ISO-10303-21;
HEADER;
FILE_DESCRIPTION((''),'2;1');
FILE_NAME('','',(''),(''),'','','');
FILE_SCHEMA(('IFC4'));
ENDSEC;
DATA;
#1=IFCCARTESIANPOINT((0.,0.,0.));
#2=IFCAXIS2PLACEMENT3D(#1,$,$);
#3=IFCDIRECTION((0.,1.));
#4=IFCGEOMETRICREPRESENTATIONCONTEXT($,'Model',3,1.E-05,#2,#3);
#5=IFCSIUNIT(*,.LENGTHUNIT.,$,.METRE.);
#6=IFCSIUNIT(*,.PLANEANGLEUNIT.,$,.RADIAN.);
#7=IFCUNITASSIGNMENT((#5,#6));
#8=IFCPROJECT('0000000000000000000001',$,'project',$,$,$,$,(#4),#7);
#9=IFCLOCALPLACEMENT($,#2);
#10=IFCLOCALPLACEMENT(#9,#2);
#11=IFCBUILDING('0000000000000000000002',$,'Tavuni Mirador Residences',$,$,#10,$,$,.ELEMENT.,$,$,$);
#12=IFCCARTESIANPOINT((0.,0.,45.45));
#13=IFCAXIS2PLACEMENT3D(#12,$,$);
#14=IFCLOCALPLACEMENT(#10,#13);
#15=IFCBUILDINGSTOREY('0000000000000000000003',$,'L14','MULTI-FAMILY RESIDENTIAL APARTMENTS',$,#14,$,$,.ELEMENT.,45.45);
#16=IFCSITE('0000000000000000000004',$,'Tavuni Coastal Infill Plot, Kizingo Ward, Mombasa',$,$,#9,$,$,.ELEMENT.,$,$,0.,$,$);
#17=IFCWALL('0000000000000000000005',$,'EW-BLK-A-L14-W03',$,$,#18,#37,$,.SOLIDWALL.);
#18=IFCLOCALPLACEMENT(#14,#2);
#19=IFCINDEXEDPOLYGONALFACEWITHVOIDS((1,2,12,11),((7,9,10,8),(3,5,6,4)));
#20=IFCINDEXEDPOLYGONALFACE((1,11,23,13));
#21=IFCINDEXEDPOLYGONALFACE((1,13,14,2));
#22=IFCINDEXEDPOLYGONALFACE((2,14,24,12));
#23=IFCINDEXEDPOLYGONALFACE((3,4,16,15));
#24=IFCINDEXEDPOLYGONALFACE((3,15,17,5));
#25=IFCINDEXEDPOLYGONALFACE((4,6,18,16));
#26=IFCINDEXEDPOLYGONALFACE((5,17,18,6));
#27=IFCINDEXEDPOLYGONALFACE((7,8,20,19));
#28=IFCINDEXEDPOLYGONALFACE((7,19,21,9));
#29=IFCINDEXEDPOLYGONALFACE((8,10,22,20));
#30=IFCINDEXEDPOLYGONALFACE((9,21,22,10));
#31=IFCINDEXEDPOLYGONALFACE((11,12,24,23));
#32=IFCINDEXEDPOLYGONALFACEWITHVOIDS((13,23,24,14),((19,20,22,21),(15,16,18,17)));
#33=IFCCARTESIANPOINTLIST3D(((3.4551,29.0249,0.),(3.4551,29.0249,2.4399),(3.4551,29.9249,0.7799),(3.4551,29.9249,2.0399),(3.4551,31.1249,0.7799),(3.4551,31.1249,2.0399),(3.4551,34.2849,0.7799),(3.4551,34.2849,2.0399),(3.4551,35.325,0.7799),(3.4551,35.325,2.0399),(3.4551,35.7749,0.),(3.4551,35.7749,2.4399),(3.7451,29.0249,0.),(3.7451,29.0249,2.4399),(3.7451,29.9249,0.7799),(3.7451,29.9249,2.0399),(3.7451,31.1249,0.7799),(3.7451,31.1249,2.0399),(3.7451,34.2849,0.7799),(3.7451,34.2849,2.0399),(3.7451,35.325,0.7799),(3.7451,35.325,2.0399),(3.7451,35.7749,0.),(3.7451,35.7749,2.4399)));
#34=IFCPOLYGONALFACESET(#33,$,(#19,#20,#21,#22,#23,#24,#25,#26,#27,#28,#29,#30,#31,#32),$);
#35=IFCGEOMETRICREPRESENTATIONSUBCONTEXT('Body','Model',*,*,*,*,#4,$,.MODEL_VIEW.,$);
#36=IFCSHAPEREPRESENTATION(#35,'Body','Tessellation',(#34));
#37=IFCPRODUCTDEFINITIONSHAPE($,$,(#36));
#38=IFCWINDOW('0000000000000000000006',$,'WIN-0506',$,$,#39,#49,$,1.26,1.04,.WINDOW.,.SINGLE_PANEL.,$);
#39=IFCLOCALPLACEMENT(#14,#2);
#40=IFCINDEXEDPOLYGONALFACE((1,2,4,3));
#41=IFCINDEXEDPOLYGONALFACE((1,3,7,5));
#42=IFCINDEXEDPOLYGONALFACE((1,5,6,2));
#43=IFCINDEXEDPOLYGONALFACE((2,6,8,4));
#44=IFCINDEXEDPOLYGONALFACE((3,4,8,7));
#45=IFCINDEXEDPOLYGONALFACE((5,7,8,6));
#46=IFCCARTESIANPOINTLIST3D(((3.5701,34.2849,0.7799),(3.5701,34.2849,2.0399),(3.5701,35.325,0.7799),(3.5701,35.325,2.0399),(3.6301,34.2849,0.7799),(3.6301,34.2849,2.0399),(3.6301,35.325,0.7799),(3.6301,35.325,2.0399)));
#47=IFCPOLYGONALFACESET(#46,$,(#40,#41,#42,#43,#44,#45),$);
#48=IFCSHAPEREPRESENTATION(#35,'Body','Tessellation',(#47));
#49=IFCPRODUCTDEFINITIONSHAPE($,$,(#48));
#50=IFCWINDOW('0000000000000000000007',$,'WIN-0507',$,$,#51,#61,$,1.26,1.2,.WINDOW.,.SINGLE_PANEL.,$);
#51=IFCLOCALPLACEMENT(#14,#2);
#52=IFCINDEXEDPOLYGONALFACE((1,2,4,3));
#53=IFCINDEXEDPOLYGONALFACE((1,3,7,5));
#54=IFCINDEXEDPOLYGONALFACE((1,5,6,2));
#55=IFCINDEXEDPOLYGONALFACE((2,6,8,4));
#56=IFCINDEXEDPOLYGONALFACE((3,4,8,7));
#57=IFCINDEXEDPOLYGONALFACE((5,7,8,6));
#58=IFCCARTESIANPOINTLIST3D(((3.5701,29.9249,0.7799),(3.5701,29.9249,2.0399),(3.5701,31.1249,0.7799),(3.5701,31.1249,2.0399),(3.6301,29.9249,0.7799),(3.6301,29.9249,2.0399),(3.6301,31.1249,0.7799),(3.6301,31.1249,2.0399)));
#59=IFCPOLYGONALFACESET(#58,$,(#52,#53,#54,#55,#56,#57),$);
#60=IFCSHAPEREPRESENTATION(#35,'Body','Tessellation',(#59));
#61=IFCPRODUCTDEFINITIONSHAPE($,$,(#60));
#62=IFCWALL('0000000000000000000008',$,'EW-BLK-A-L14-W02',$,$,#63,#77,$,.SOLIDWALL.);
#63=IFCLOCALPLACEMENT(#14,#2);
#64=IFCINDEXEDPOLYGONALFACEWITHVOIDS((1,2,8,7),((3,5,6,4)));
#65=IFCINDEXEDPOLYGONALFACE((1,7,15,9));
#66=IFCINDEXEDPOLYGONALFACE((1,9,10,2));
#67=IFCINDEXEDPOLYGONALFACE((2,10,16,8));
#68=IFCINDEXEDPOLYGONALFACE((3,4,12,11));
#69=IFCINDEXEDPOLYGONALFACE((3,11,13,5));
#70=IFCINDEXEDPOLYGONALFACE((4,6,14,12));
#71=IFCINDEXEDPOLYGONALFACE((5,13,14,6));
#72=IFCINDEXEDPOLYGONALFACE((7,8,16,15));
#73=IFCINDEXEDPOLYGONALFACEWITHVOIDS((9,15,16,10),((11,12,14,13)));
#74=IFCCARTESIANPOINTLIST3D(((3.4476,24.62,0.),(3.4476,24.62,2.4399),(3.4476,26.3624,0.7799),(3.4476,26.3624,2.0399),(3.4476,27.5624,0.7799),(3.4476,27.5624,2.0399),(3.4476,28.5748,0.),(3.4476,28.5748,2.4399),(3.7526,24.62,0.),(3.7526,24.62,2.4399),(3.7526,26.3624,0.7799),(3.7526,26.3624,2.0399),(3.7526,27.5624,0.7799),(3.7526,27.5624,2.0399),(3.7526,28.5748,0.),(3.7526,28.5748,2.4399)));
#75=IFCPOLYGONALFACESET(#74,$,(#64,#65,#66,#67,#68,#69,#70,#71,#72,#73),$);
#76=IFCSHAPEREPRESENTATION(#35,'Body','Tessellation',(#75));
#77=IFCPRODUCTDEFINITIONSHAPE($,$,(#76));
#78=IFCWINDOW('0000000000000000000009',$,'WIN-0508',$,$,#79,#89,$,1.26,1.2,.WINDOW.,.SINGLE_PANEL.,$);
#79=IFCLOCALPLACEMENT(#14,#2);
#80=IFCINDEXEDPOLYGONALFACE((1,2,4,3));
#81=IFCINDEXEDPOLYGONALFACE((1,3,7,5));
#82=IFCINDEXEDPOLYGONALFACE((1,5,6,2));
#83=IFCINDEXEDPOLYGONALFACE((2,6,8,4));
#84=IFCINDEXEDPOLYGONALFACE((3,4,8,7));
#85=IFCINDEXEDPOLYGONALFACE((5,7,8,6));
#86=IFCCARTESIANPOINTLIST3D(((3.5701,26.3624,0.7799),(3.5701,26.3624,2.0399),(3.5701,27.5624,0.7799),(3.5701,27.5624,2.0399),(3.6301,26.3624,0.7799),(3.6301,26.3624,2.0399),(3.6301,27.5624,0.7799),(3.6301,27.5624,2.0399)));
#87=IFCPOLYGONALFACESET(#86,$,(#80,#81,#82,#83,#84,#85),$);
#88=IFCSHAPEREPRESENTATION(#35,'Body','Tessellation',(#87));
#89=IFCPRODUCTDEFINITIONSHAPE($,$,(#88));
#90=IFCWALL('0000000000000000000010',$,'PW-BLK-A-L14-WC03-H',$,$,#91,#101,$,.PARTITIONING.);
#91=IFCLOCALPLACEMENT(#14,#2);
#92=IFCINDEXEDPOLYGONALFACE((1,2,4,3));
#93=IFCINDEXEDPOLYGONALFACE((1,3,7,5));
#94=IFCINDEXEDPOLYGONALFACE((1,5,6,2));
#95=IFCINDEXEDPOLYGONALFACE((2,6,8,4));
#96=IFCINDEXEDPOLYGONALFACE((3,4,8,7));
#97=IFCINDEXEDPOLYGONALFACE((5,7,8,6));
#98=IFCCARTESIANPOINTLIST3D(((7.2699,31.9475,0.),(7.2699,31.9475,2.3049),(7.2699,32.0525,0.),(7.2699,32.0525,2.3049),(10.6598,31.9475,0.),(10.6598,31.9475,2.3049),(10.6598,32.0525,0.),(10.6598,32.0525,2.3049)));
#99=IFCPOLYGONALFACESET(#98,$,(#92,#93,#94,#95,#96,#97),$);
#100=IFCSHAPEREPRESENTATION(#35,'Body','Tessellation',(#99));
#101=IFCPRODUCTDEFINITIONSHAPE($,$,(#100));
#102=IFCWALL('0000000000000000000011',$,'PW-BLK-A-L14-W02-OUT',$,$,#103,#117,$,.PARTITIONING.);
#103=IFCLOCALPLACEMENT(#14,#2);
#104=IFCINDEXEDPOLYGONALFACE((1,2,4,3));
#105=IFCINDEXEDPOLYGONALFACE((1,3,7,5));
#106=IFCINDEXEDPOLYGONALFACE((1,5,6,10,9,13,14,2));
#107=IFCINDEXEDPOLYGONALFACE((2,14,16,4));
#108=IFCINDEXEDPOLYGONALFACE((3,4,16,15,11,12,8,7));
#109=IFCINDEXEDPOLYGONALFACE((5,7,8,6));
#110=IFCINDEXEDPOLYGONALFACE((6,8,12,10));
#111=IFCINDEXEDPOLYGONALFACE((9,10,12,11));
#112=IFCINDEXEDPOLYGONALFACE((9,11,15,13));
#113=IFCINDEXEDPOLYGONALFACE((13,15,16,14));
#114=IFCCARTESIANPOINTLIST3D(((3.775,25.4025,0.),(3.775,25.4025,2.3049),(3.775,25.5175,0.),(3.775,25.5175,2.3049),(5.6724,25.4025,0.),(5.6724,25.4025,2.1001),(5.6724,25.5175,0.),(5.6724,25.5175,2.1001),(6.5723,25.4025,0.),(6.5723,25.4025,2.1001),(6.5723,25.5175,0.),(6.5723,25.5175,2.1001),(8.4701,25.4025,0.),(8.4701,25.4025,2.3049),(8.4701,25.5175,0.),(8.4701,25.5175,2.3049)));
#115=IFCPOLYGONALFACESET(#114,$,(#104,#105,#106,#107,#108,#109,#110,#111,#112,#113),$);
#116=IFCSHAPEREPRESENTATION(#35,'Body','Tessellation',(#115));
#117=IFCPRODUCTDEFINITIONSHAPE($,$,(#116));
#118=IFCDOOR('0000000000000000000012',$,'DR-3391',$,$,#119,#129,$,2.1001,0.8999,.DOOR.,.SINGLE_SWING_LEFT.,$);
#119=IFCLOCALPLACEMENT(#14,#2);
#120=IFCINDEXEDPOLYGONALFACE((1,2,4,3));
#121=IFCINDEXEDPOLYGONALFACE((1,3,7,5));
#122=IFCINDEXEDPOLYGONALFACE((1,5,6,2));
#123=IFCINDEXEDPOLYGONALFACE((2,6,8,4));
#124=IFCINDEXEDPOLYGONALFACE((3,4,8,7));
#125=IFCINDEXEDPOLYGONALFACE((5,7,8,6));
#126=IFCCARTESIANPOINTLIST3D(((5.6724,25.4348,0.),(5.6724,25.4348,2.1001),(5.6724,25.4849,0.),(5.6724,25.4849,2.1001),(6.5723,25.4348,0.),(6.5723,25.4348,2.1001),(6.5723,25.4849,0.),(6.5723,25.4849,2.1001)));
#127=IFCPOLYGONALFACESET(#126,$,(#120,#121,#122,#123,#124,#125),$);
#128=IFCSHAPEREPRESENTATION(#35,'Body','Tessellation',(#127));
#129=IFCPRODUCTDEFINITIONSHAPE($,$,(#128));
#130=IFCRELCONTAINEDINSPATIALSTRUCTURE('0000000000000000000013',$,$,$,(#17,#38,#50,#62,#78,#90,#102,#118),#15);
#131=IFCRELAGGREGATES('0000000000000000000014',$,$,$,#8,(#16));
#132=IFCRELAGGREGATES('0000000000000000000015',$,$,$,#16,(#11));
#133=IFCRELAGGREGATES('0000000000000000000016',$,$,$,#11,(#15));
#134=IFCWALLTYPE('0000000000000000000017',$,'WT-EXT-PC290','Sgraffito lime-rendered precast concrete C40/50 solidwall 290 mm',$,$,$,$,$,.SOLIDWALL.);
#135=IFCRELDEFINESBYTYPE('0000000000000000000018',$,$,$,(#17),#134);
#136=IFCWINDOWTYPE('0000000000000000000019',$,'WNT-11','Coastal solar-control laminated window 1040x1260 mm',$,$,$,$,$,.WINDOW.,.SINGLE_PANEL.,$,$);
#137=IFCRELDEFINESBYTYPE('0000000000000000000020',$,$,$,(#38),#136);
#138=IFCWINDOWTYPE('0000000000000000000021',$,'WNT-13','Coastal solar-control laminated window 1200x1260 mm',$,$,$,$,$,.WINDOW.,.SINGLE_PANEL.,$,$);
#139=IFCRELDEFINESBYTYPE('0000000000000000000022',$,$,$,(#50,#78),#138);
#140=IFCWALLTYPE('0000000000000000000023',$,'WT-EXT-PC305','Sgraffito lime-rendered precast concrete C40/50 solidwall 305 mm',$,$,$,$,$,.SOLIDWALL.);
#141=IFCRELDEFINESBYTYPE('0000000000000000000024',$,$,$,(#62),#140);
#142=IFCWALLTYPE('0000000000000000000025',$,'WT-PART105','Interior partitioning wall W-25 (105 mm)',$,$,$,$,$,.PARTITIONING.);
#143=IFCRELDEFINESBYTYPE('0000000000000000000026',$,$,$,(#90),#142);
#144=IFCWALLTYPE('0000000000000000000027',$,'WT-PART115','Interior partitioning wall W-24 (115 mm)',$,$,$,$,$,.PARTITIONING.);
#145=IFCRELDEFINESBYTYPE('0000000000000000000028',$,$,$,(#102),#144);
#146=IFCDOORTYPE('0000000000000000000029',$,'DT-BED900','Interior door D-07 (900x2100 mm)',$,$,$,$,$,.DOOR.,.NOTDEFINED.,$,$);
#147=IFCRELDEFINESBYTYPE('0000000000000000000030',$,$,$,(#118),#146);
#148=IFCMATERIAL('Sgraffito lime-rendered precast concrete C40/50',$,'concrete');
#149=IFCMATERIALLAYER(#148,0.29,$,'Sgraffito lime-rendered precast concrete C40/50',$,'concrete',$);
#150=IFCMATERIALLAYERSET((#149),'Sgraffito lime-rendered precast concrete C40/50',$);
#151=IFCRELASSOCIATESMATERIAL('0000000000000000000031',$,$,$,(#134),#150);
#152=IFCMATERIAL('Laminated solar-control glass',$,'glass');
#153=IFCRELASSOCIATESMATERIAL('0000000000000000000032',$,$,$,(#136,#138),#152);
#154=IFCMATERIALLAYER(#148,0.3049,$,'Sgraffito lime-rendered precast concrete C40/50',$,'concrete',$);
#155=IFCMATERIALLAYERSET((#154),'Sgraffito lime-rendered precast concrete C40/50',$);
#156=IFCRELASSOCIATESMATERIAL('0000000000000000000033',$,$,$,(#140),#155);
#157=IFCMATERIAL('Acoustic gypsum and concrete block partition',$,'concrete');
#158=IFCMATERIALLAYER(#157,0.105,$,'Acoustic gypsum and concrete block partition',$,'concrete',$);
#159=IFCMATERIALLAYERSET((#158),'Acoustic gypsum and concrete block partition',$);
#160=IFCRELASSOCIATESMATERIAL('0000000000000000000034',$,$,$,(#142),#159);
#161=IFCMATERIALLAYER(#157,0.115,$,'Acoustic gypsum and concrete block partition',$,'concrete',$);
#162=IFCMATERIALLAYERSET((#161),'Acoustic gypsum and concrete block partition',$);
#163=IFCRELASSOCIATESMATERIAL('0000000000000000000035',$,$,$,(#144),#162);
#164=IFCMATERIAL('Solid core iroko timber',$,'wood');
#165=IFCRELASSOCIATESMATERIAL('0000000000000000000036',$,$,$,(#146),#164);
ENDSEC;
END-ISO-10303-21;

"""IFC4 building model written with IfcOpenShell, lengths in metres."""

from ifc_helpers import new_model, si_unit, direction, frame, frame_2d, origin, place, context, subcontext, project, spatial, rectangle, extrude, material, layer, layer_set, type_object, element, fill, save


model = new_model("IFC4")

# Units and contexts
model_context = context("Model", 3, precision=1e-05, world=origin(), true_north=direction((0.0, 1.0)))
body_context = subcontext(model_context, "Body", "Model", "MODEL_VIEW")
ifc_project = project(units=[si_unit("LENGTHUNIT", "METRE"), si_unit("PLANEANGLEUNIT", "RADIAN")], contexts=[model_context])

# Site, building, storey
site_placement = place(None, origin())
site = spatial("IfcSite", under=ifc_project, at=site_placement, Name="Tavuni Coastal Infill Plot, Kizingo Ward, Mombasa", CompositionType="ELEMENT", RefElevation=0.0)
building_placement = place(site_placement, origin())
building = spatial("IfcBuilding", under=site, at=building_placement, Name="Tavuni Mirador Residences", CompositionType="ELEMENT")
storey_placement = place(building_placement, frame((0.0, 0.0, 45.45)))
storey = spatial("IfcBuildingStorey", under=building, at=storey_placement, Name="L14", Description="MULTI-FAMILY RESIDENTIAL APARTMENTS", CompositionType="ELEMENT", Elevation=45.45)

# Wall, openings, windows
ifc_material_1 = material(Name="Sgraffito lime-rendered precast concrete C40/50", Category="concrete")
ifc_layer_1 = layer(ifc_material_1, 0.29, Name="Sgraffito lime-rendered precast concrete C40/50", Category="concrete")
ifc_layer_set_1 = layer_set([ifc_layer_1], Name="Sgraffito lime-rendered precast concrete C40/50")
wall_type_1 = type_object("IfcWallType", Name="WT-EXT-PC290", Description="Sgraffito lime-rendered precast concrete C40/50 solidwall 290 mm", PredefinedType="SOLIDWALL", material=ifc_layer_set_1)
wall_1_placement = place(storey_placement, frame((3.6001, 35.7749, 0.0), z_axis=(0.0, 0.0, 1.0), x_axis=(0.0, -1.0, 0.0)))
wall_1 = element("IfcWall", 1, at=wall_1_placement, inside=storey, type_object=wall_type_1, Name="EW-BLK-A-L14-W03", PredefinedType="SOLIDWALL", context=body_context, shape_type="SweptSolid", body=[
    extrude(rectangle(XDim=6.75, YDim=0.29, at=frame_2d((3.375, 0.0))), origin(), (0.0, 0.0, 1.0), 2.4399),
])
opening_1_placement = place(wall_1_placement, frame((0.45, 0.0, 0.78)))
opening_1 = element("IfcOpeningElement", 2, at=opening_1_placement, cuts=wall_1, PredefinedType="OPENING", context=body_context, shape_type="SweptSolid", body=[
    extrude(rectangle(XDim=1.04, YDim=1.26, at=frame_2d((0.52, 0.6299))), frame((0.0, 0.155, 0.0), z_axis=(0.0, -1.0, 0.0), x_axis=(1.0, 0.0, 0.0)), (0.0, 0.0, 1.0), 0.3101),
])
opening_2_placement = place(wall_1_placement, frame((4.6499, 0.0, 0.78)))
opening_2 = element("IfcOpeningElement", 3, at=opening_2_placement, cuts=wall_1, PredefinedType="OPENING", context=body_context, shape_type="SweptSolid", body=[
    extrude(rectangle(XDim=1.2, YDim=1.26, at=frame_2d((0.6001, 0.6299))), frame((0.0, 0.155, 0.0), z_axis=(0.0, -1.0, 0.0), x_axis=(1.0, 0.0, 0.0)), (0.0, 0.0, 1.0), 0.3101),
])
ifc_material_2 = material(Name="Laminated solar-control glass", Category="glass")
window_type_1 = type_object("IfcWindowType", Name="WNT-11", Description="Coastal solar-control laminated window 1040x1260 mm", PartitioningType="SINGLE_PANEL", PredefinedType="WINDOW", material=ifc_material_2)
window_1_placement = place(opening_1_placement, origin())
window_1 = element("IfcWindow", 4, at=window_1_placement, inside=storey, type_object=window_type_1, Name="WIN-0506", OverallHeight=1.26, OverallWidth=1.04, PartitioningType="SINGLE_PANEL", PredefinedType="WINDOW", context=body_context, shape_type="SweptSolid", body=[
    extrude(rectangle(XDim=1.04, YDim=1.26, at=frame_2d((0.52, 0.6299))), frame((0.0, 0.03, 0.0), z_axis=(0.0, -1.0, 0.0), x_axis=(1.0, 0.0, 0.0)), (0.0, 0.0, 1.0), 0.0601),
])
fill(opening_1, window_1)
window_type_2 = type_object("IfcWindowType", Name="WNT-13", Description="Coastal solar-control laminated window 1200x1260 mm", PartitioningType="SINGLE_PANEL", PredefinedType="WINDOW", material=ifc_material_2)
window_2_placement = place(opening_2_placement, origin())
window_2 = element("IfcWindow", 5, at=window_2_placement, inside=storey, type_object=window_type_2, Name="WIN-0507", OverallHeight=1.26, OverallWidth=1.2, PartitioningType="SINGLE_PANEL", PredefinedType="WINDOW", context=body_context, shape_type="SweptSolid", body=[
    extrude(rectangle(XDim=1.2, YDim=1.26, at=frame_2d((0.6001, 0.6299))), frame((0.0, 0.03, 0.0), z_axis=(0.0, -1.0, 0.0), x_axis=(1.0, 0.0, 0.0)), (0.0, 0.0, 1.0), 0.0601),
])
fill(opening_2, window_2)

# Wall, opening, window
ifc_layer_2 = layer(ifc_material_1, 0.3049, Name="Sgraffito lime-rendered precast concrete C40/50", Category="concrete")
ifc_layer_set_2 = layer_set([ifc_layer_2], Name="Sgraffito lime-rendered precast concrete C40/50")
wall_type_2 = type_object("IfcWallType", Name="WT-EXT-PC305", Description="Sgraffito lime-rendered precast concrete C40/50 solidwall 305 mm", PredefinedType="SOLIDWALL", material=ifc_layer_set_2)
wall_2_placement = place(storey_placement, frame((3.6001, 28.575, 0.0), z_axis=(0.0, 0.0, 1.0), x_axis=(0.0, -1.0, 0.0)))
wall_2 = element("IfcWall", 6, at=wall_2_placement, inside=storey, type_object=wall_type_2, Name="EW-BLK-A-L14-W02", PredefinedType="SOLIDWALL", context=body_context, shape_type="SweptSolid", body=[
    extrude(rectangle(XDim=3.9548, YDim=0.3049, at=frame_2d((1.9775, 0.0))), origin(), (0.0, 0.0, 1.0), 2.4399),
])
opening_3_placement = place(wall_2_placement, frame((1.0125, 0.0, 0.78)))
opening_3 = element("IfcOpeningElement", 7, at=opening_3_placement, cuts=wall_2, PredefinedType="OPENING", context=body_context, shape_type="SweptSolid", body=[
    extrude(rectangle(XDim=1.2, YDim=1.26, at=frame_2d((0.6001, 0.6299))), frame((0.0, 0.1626, 0.0), z_axis=(0.0, -1.0, 0.0), x_axis=(1.0, 0.0, 0.0)), (0.0, 0.0, 1.0), 0.325),
])
window_3_placement = place(opening_3_placement, origin())
window_3 = element("IfcWindow", 8, at=window_3_placement, inside=storey, type_object=window_type_2, Name="WIN-0508", OverallHeight=1.26, OverallWidth=1.2, PartitioningType="SINGLE_PANEL", PredefinedType="WINDOW", context=body_context, shape_type="SweptSolid", body=[
    extrude(rectangle(XDim=1.2, YDim=1.26, at=frame_2d((0.6001, 0.6299))), frame((0.0, 0.03, 0.0), z_axis=(0.0, -1.0, 0.0), x_axis=(1.0, 0.0, 0.0)), (0.0, 0.0, 1.0), 0.0601),
])
fill(opening_3, window_3)

# Wall
ifc_material_3 = material(Name="Acoustic gypsum and concrete block partition", Category="concrete")
ifc_layer_3 = layer(ifc_material_3, 0.105, Name="Acoustic gypsum and concrete block partition", Category="concrete")
ifc_layer_set_3 = layer_set([ifc_layer_3], Name="Acoustic gypsum and concrete block partition")
wall_type_3 = type_object("IfcWallType", Name="WT-PART105", Description="Interior partitioning wall W-25 (105 mm)", PredefinedType="PARTITIONING", material=ifc_layer_set_3)
wall_3_placement = place(storey_placement, frame((7.27, 32.0, 0.0), z_axis=(0.0, 0.0, 1.0), x_axis=(1.0, 0.0, 0.0)))
element("IfcWall", 9, at=wall_3_placement, inside=storey, type_object=wall_type_3, Name="PW-BLK-A-L14-WC03-H", PredefinedType="PARTITIONING", context=body_context, shape_type="SweptSolid", body=[
    extrude(rectangle(XDim=3.3899, YDim=0.105, at=frame_2d((1.6948, 0.0))), origin(), (0.0, 0.0, 1.0), 2.3049),
])

# Wall, opening, door
ifc_layer_4 = layer(ifc_material_3, 0.115, Name="Acoustic gypsum and concrete block partition", Category="concrete")
ifc_layer_set_4 = layer_set([ifc_layer_4], Name="Acoustic gypsum and concrete block partition")
wall_type_4 = type_object("IfcWallType", Name="WT-PART115", Description="Interior partitioning wall W-24 (115 mm)", PredefinedType="PARTITIONING", material=ifc_layer_set_4)
wall_4_placement = place(storey_placement, frame((3.7749, 25.46, 0.0), z_axis=(0.0, 0.0, 1.0), x_axis=(1.0, 0.0, 0.0)))
wall_4 = element("IfcWall", 10, at=wall_4_placement, inside=storey, type_object=wall_type_4, Name="PW-BLK-A-L14-W02-OUT", PredefinedType="PARTITIONING", context=body_context, shape_type="SweptSolid", body=[
    extrude(rectangle(XDim=4.6951, YDim=0.115, at=frame_2d((2.3477, 0.0))), origin(), (0.0, 0.0, 1.0), 2.3049),
])
opening_4_placement = place(wall_4_placement, frame((1.8975, 0.0, 0.0)))
opening_4 = element("IfcOpeningElement", 11, at=opening_4_placement, cuts=wall_4, PredefinedType="OPENING", context=body_context, shape_type="SweptSolid", body=[
    extrude(rectangle(XDim=0.8999, YDim=2.1001, at=frame_2d((0.45, 1.05))), frame((0.0, 0.0674, 0.0), z_axis=(0.0, -1.0, 0.0), x_axis=(1.0, 0.0, 0.0)), (0.0, 0.0, 1.0), 0.135),
])
ifc_material_4 = material(Name="Solid core iroko timber", Category="wood")
door_type_1 = type_object("IfcDoorType", Name="DT-BED900", Description="Interior door D-07 (900x2100 mm)", OperationType="NOTDEFINED", PredefinedType="DOOR", material=ifc_material_4)
door_1_placement = place(opening_4_placement, origin())
door_1 = element("IfcDoor", 12, at=door_1_placement, inside=storey, type_object=door_type_1, Name="DR-3391", OperationType="SINGLE_SWING_LEFT", OverallHeight=2.1001, OverallWidth=0.8999, PredefinedType="DOOR", context=body_context, shape_type="SweptSolid", body=[
    extrude(rectangle(XDim=0.8999, YDim=2.1001, at=frame_2d((0.45, 1.05))), frame((0.0, 0.0249, 0.0), z_axis=(0.0, -1.0, 0.0), x_axis=(1.0, 0.0, 0.0)), (0.0, 0.0, 1.0), 0.05),
])
fill(opening_4, door_1)

save(model, "model.ifc")
